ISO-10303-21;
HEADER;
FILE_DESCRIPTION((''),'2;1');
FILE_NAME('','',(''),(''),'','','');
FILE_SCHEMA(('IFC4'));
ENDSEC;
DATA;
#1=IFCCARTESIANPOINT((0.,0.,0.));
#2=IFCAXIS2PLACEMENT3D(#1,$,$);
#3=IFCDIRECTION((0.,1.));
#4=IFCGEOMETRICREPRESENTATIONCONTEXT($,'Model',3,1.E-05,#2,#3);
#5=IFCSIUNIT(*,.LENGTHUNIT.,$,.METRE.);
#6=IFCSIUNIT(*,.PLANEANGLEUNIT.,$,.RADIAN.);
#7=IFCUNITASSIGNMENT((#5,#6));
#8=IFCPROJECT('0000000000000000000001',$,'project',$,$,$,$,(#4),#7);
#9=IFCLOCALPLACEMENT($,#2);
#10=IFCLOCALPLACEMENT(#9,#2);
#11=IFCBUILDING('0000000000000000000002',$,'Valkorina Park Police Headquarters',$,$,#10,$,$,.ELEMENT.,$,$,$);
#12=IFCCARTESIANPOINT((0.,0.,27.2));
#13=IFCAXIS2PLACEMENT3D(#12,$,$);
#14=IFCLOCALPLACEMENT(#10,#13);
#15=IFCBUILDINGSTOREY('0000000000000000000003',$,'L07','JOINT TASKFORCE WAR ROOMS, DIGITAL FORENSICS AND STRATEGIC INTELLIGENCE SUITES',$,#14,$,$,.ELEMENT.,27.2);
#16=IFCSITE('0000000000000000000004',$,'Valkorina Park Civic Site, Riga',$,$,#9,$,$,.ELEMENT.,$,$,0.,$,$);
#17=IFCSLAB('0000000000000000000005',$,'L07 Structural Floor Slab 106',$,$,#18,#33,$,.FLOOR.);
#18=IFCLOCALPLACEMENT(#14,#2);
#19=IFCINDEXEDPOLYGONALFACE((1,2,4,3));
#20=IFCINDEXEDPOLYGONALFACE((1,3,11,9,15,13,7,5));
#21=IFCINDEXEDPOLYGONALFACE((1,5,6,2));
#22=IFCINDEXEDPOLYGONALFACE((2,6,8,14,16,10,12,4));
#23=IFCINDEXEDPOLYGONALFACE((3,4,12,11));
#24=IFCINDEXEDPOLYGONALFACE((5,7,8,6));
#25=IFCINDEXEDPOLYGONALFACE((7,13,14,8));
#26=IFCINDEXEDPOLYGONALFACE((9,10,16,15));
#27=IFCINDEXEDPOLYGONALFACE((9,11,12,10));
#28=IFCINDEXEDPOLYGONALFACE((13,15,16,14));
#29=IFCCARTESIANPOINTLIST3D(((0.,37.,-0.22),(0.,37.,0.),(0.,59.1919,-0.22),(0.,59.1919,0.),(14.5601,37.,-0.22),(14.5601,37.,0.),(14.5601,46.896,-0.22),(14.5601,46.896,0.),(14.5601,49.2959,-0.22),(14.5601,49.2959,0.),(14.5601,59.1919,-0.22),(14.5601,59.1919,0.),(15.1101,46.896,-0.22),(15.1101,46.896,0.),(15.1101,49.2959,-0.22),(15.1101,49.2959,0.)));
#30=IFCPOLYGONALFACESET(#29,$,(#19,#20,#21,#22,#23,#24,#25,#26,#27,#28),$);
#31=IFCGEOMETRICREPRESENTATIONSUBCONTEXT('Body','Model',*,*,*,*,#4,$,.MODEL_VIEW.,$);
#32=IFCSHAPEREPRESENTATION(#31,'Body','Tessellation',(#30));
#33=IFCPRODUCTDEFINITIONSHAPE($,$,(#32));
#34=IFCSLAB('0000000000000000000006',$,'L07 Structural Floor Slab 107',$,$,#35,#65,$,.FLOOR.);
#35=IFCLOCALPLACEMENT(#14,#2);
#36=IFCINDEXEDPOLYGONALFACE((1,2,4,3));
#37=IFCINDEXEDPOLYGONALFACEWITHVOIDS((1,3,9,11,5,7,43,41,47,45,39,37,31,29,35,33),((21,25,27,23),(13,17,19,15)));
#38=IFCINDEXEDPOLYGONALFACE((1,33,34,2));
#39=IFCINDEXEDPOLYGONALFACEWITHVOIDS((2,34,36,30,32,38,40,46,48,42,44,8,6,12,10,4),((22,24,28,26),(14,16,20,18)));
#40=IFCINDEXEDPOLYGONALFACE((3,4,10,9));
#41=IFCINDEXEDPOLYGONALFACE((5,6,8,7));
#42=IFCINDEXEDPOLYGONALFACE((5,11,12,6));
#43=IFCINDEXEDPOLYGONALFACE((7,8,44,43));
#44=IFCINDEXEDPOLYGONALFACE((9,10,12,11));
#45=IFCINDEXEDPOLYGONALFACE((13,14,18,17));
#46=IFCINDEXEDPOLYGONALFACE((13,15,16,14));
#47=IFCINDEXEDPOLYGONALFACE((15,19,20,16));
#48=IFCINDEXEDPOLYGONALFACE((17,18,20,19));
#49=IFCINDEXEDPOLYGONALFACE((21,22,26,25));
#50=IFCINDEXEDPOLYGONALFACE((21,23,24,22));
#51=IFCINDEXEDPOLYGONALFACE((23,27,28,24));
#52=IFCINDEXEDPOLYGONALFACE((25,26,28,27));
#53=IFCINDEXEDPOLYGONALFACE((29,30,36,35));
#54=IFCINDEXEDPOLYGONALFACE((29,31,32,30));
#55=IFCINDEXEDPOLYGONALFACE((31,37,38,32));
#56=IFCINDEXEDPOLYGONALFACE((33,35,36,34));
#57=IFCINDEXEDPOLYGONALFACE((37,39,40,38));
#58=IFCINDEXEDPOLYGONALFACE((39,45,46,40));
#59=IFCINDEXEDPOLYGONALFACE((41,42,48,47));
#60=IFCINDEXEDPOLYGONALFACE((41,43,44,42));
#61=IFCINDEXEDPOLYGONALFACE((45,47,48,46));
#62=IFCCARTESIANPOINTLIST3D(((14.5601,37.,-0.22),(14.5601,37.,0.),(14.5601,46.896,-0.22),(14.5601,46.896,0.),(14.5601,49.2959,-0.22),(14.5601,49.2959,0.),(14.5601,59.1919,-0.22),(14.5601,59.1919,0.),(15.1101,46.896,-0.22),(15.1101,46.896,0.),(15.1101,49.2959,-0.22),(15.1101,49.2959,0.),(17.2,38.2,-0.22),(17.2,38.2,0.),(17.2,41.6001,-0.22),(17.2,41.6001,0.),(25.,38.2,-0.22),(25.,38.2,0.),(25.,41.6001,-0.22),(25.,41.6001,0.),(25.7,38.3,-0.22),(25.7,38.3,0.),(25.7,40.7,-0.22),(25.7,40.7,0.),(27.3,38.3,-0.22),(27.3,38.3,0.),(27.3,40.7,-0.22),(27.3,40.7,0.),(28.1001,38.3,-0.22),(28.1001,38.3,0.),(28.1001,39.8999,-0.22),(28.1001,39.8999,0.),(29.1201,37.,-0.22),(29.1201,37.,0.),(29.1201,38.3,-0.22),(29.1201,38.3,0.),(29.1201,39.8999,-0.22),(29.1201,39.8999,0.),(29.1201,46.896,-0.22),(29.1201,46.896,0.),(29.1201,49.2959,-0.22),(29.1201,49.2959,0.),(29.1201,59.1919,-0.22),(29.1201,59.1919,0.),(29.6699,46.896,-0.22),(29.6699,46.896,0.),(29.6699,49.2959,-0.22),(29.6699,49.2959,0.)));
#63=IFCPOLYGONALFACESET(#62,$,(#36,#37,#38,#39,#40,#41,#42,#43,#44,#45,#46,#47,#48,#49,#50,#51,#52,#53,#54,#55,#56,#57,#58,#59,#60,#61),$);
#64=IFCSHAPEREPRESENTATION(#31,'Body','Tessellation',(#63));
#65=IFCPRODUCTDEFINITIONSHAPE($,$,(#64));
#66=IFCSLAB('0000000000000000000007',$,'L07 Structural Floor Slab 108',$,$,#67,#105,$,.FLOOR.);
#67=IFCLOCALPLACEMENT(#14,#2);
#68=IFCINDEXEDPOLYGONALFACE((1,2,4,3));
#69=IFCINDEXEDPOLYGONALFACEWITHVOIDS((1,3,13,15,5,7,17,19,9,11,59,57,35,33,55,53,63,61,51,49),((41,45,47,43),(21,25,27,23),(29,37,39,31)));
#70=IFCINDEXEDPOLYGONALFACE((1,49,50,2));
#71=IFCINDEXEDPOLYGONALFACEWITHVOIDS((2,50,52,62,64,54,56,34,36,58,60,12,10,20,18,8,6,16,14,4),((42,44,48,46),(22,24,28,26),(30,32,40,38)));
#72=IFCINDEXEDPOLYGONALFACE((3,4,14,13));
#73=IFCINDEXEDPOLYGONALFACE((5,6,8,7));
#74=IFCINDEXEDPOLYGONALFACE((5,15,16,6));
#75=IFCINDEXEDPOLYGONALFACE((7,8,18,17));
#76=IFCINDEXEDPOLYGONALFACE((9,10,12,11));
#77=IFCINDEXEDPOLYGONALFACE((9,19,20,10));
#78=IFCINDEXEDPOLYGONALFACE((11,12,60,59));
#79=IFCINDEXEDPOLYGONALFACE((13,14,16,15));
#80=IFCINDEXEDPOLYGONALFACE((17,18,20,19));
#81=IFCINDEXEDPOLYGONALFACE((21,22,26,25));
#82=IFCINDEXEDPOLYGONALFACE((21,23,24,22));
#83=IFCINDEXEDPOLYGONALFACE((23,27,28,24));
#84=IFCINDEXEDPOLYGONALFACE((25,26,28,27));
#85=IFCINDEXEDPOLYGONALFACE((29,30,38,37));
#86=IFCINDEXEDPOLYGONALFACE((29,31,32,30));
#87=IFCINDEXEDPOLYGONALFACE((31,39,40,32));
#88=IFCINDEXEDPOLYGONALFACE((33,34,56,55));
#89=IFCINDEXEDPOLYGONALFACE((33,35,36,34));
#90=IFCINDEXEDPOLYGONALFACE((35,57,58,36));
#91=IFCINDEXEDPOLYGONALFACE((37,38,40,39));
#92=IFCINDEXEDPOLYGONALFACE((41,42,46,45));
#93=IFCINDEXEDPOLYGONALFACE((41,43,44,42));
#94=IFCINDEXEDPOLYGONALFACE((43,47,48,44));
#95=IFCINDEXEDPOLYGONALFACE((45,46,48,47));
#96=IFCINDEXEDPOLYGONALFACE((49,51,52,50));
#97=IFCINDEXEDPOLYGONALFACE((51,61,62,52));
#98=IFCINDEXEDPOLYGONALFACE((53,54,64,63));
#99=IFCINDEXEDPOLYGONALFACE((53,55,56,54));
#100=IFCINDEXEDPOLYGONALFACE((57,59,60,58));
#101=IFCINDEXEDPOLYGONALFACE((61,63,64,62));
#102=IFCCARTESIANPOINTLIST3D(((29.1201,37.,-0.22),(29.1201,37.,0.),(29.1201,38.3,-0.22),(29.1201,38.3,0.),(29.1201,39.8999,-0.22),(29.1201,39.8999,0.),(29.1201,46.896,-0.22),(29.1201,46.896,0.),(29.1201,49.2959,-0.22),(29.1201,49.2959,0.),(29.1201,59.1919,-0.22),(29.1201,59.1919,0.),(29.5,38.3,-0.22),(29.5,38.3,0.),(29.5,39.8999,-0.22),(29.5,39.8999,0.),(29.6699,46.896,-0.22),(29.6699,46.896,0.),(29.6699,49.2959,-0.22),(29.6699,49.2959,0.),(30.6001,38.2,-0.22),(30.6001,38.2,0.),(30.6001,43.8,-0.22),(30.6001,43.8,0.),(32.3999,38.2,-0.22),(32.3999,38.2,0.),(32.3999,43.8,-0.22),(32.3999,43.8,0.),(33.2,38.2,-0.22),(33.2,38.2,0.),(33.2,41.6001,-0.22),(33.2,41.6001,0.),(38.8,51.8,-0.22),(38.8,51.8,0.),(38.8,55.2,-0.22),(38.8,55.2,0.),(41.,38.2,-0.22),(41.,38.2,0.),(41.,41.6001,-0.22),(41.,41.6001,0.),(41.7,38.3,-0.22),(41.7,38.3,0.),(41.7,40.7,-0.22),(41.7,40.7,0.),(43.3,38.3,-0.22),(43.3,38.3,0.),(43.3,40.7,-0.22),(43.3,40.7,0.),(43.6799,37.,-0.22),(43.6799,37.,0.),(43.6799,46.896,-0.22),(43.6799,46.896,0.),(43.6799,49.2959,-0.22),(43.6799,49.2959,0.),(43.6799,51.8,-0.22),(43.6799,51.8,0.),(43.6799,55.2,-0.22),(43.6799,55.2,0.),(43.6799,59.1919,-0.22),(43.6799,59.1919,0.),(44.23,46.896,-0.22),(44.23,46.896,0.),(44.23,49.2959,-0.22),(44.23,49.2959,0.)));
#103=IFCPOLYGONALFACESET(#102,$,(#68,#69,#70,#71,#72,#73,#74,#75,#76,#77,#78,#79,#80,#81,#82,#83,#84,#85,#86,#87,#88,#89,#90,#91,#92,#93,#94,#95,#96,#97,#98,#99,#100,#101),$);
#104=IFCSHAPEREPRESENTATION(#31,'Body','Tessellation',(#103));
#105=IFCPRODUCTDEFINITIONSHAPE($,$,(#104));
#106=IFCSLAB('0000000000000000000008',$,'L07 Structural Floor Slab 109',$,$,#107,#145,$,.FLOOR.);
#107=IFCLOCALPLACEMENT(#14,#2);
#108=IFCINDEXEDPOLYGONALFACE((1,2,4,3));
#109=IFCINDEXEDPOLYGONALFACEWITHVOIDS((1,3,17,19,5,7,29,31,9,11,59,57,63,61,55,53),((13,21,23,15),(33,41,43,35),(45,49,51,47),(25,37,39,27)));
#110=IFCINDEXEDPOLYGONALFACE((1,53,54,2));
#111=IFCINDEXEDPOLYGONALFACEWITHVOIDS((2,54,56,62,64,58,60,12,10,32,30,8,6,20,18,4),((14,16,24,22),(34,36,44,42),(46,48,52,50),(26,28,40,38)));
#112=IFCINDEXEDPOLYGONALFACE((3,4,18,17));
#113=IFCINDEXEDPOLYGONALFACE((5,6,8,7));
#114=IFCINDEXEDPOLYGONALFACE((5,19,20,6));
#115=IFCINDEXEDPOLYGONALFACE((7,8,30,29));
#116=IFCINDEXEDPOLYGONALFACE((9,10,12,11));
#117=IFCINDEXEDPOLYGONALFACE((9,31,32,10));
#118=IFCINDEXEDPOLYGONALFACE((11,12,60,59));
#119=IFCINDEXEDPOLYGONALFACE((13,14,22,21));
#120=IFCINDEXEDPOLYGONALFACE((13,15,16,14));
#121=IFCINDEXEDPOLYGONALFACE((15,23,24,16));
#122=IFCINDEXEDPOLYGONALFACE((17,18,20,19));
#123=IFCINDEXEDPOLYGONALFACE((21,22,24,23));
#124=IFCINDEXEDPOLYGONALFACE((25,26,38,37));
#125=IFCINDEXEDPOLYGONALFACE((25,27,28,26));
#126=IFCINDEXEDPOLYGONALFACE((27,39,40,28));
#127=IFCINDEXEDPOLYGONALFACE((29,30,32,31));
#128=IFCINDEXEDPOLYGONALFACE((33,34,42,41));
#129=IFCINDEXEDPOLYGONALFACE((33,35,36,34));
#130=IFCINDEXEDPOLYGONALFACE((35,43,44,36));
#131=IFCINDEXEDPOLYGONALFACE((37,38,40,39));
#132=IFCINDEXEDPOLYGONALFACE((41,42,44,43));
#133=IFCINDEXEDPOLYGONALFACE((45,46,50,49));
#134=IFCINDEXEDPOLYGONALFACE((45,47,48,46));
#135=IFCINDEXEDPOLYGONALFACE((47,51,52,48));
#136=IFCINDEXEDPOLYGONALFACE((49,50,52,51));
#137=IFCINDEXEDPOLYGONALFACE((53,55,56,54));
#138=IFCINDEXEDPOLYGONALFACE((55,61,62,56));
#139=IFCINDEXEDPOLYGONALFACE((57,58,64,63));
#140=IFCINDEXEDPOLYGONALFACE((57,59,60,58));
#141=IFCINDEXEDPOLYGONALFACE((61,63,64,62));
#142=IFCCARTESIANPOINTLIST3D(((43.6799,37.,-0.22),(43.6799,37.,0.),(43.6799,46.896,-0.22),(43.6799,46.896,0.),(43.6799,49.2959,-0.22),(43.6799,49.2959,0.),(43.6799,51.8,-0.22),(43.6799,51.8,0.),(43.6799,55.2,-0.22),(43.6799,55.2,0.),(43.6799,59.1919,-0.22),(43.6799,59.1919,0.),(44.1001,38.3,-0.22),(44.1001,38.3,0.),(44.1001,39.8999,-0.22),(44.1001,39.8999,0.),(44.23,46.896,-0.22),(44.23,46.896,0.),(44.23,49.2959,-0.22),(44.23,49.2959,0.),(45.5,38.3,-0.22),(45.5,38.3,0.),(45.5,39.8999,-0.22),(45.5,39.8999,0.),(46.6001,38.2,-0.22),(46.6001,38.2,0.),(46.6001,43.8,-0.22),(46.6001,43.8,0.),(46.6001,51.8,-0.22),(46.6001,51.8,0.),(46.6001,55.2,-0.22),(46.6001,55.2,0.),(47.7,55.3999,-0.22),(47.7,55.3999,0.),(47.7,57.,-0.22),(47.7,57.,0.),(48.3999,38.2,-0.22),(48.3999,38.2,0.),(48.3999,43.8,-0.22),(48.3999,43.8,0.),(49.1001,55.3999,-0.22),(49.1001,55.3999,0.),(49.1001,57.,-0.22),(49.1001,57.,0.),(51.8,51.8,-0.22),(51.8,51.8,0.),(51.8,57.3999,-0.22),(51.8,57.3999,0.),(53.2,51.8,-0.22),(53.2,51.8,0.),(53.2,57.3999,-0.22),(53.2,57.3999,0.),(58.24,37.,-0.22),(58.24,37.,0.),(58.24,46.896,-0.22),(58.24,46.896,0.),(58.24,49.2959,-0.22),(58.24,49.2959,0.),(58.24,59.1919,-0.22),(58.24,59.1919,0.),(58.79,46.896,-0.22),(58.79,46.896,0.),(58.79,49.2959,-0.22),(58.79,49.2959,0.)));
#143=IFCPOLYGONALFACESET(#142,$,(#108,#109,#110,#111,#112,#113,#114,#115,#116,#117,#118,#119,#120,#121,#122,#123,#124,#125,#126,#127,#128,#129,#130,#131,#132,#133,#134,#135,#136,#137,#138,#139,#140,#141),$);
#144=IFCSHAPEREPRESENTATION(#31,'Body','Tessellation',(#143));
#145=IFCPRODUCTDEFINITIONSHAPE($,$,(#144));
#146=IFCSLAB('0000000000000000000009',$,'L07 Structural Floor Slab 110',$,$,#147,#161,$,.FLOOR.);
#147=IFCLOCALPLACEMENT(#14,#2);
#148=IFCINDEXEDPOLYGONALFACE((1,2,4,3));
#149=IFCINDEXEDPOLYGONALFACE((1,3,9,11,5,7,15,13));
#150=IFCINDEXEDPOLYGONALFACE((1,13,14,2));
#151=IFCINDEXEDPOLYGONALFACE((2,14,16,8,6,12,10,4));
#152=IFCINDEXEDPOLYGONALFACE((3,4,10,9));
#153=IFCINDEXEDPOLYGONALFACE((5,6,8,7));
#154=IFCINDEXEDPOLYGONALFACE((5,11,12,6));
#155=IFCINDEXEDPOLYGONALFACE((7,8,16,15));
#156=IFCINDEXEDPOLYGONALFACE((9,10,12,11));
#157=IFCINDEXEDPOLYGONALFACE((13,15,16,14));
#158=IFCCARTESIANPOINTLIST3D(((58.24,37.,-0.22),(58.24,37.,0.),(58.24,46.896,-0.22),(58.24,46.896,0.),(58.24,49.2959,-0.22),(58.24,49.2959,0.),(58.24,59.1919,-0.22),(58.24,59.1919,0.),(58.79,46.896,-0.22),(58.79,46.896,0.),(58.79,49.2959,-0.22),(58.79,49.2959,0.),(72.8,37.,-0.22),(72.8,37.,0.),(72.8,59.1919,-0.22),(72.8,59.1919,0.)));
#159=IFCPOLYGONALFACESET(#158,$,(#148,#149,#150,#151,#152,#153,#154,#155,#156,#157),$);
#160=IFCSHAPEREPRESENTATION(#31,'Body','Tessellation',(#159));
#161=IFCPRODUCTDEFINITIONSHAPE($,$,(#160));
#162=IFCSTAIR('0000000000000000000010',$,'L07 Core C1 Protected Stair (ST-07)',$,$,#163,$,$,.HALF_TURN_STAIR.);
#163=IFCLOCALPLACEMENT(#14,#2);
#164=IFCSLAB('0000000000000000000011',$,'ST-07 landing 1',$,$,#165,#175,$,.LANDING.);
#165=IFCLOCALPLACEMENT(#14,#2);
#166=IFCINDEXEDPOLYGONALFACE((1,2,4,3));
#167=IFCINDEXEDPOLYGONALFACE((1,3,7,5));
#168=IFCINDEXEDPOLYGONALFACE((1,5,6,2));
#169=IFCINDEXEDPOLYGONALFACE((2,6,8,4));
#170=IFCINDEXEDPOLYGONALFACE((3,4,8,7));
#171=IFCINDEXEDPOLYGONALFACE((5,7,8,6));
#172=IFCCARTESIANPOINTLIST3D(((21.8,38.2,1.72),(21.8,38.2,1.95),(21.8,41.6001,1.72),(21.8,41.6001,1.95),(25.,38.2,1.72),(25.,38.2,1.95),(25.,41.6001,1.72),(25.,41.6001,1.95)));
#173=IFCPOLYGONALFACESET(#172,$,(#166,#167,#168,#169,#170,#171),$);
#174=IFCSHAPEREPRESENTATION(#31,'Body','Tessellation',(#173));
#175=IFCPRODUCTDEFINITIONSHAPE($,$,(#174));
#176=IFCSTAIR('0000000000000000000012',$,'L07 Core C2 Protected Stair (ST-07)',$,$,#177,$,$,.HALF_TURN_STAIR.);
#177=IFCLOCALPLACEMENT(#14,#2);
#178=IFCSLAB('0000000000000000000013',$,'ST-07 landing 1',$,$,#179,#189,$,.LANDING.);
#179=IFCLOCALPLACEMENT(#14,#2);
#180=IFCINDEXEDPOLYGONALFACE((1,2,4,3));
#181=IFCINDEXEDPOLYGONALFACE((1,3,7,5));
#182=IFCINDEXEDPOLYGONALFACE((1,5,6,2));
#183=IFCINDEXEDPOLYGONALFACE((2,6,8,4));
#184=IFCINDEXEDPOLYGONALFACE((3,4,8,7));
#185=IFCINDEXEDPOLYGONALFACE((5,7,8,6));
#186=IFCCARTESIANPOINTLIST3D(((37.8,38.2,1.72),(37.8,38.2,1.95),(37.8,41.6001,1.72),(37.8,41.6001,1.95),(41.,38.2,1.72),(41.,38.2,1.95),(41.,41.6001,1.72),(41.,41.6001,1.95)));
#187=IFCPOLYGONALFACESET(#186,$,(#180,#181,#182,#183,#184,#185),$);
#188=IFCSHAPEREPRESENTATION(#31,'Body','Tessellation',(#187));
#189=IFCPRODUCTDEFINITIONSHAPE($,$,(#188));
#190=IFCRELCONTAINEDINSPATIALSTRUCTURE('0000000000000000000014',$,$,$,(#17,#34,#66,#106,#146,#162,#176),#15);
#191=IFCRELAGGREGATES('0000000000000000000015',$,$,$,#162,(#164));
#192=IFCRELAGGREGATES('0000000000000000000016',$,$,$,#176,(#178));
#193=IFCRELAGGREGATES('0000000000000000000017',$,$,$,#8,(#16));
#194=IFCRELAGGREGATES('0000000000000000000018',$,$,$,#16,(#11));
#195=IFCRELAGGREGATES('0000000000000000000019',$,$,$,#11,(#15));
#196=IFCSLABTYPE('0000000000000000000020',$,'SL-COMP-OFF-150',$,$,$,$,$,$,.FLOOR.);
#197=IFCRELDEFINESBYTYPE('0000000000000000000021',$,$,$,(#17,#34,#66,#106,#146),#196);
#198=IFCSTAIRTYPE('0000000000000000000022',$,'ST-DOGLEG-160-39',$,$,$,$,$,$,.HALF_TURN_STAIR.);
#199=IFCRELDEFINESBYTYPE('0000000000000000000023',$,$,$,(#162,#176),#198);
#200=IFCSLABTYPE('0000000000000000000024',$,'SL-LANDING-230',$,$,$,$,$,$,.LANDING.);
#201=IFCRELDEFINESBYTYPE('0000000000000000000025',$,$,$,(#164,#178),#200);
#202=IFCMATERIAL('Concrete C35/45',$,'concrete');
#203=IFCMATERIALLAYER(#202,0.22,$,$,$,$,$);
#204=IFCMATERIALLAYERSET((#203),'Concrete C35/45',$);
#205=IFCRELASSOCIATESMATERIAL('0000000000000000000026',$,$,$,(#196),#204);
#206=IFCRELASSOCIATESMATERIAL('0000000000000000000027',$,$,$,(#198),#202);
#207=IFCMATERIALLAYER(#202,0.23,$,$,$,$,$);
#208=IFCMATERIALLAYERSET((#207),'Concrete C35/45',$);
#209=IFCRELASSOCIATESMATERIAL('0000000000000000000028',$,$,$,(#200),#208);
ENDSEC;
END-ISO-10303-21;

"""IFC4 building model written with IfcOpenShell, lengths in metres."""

from ifc_helpers import new_model, si_unit, direction, frame, origin, place, context, subcontext, project, spatial, polyline, outline, extrude, material, layer, layer_set, type_object, element, aggregate, save


model = new_model("IFC4")

# Units and contexts
model_context = context("Model", 3, precision=1e-05, world=origin(), true_north=direction((0.0, 1.0)))
body_context = subcontext(model_context, "Body", "Model", "MODEL_VIEW")
ifc_project = project(units=[si_unit("LENGTHUNIT", "METRE"), si_unit("PLANEANGLEUNIT", "RADIAN")], contexts=[model_context])

# Site, building, storey
site_placement = place(None, origin())
site = spatial("IfcSite", under=ifc_project, at=site_placement, Name="Valkorina Park Civic Site, Riga", CompositionType="ELEMENT", RefElevation=0.0)
building_placement = place(site_placement, origin())
building = spatial("IfcBuilding", under=site, at=building_placement, Name="Valkorina Park Police Headquarters", CompositionType="ELEMENT")
storey_placement = place(building_placement, frame((0.0, 0.0, 27.2)))
storey = spatial("IfcBuildingStorey", under=building, at=storey_placement, Name="L07", Description="JOINT TASKFORCE WAR ROOMS, DIGITAL FORENSICS AND STRATEGIC INTELLIGENCE SUITES", CompositionType="ELEMENT", Elevation=27.2)

# Slabs
ifc_material_1 = material(Name="Concrete C35/45", Category="concrete")
ifc_layer_1 = layer(ifc_material_1, 0.22)
ifc_layer_set_1 = layer_set([ifc_layer_1], Name="Concrete C35/45")
slab_type_1 = type_object("IfcSlabType", Name="SL-COMP-OFF-150", PredefinedType="FLOOR", material=ifc_layer_set_1)
slab_1_placement = place(storey_placement, frame((0.0, 0.0, -0.22)))
element("IfcSlab", 1, at=slab_1_placement, inside=storey, type_object=slab_type_1, Name="L07 Structural Floor Slab 106", PredefinedType="FLOOR", context=body_context, shape_type="SweptSolid", body=[
    extrude(outline(polyline([(15.1101, 49.2959), (14.5601, 49.2959), (14.5601, 59.1919), (0.0, 59.1919), (0.0, 37.0), (14.5601, 37.0), (14.5601, 46.896), (15.1101, 46.896), (15.1101, 49.2959)])), origin(), (0.0, 0.0, 1.0), 0.22),
])
slab_2_placement = place(storey_placement, frame((0.0, 0.0, -0.22)))
element("IfcSlab", 2, at=slab_2_placement, inside=storey, type_object=slab_type_1, Name="L07 Structural Floor Slab 107", PredefinedType="FLOOR", context=body_context, shape_type="SweptSolid", body=[
    extrude(outline(polyline([(29.6699, 49.2959), (29.1201, 49.2959), (29.1201, 59.1919), (14.5601, 59.1919), (14.5601, 49.2959), (15.1101, 49.2959), (15.1101, 46.896), (14.5601, 46.896), (14.5601, 37.0), (29.1201, 37.0), (29.1201, 38.3), (28.1001, 38.3), (28.1001, 39.8999), (29.1201, 39.8999), (29.1201, 46.896), (29.6699, 46.896), (29.6699, 49.2959)]), holes=[polyline([(27.3, 40.7), (27.3, 38.3), (25.7, 38.3), (25.7, 40.7), (27.3, 40.7)]), polyline([(17.2, 38.2), (17.2, 41.6001), (25.0, 41.6001), (25.0, 38.2), (17.2, 38.2)])]), origin(), (0.0, 0.0, 1.0), 0.22),
])
slab_3_placement = place(storey_placement, frame((0.0, 0.0, -0.22)))
element("IfcSlab", 3, at=slab_3_placement, inside=storey, type_object=slab_type_1, Name="L07 Structural Floor Slab 108", PredefinedType="FLOOR", context=body_context, shape_type="SweptSolid", body=[
    extrude(outline(polyline([(44.23, 49.2959), (43.6799, 49.2959), (43.6799, 51.8), (38.8, 51.8), (38.8, 55.2), (43.6799, 55.2), (43.6799, 59.1919), (29.1201, 59.1919), (29.1201, 49.2959), (29.6699, 49.2959), (29.6699, 46.896), (29.1201, 46.896), (29.1201, 39.8999), (29.5, 39.8999), (29.5, 38.3), (29.1201, 38.3), (29.1201, 37.0), (43.6799, 37.0), (43.6799, 46.896), (44.23, 46.896), (44.23, 49.2959)]), holes=[polyline([(43.3, 40.7), (43.3, 38.3), (41.7, 38.3), (41.7, 40.7), (43.3, 40.7)]), polyline([(33.2, 38.2), (33.2, 41.6001), (41.0, 41.6001), (41.0, 38.2), (33.2, 38.2)]), polyline([(32.3999, 43.8), (32.3999, 38.2), (30.6001, 38.2), (30.6001, 43.8), (32.3999, 43.8)])]), origin(), (0.0, 0.0, 1.0), 0.22),
])
slab_4_placement = place(storey_placement, frame((0.0, 0.0, -0.22)))
element("IfcSlab", 4, at=slab_4_placement, inside=storey, type_object=slab_type_1, Name="L07 Structural Floor Slab 109", PredefinedType="FLOOR", context=body_context, shape_type="SweptSolid", body=[
    extrude(outline(polyline([(58.79, 49.2959), (58.24, 49.2959), (58.24, 59.1919), (43.6799, 59.1919), (43.6799, 55.2), (46.6001, 55.2), (46.6001, 51.8), (43.6799, 51.8), (43.6799, 49.2959), (44.23, 49.2959), (44.23, 46.896), (43.6799, 46.896), (43.6799, 37.0), (58.24, 37.0), (58.24, 46.896), (58.79, 46.896), (58.79, 49.2959)]), holes=[polyline([(45.5, 38.3), (44.1001, 38.3), (44.1001, 39.8999), (45.5, 39.8999), (45.5, 38.3)]), polyline([(48.3999, 38.2), (46.6001, 38.2), (46.6001, 43.8), (48.3999, 43.8), (48.3999, 38.2)]), polyline([(53.2, 51.8), (51.8, 51.8), (51.8, 57.3999), (53.2, 57.3999), (53.2, 51.8)]), polyline([(49.1001, 55.3999), (47.7, 55.3999), (47.7, 57.0), (49.1001, 57.0), (49.1001, 55.3999)])]), origin(), (0.0, 0.0, 1.0), 0.22),
])
slab_5_placement = place(storey_placement, frame((0.0, 0.0, -0.22)))
element("IfcSlab", 5, at=slab_5_placement, inside=storey, type_object=slab_type_1, Name="L07 Structural Floor Slab 110", PredefinedType="FLOOR", context=body_context, shape_type="SweptSolid", body=[
    extrude(outline(polyline([(58.24, 59.1919), (58.24, 49.2959), (58.79, 49.2959), (58.79, 46.896), (58.24, 46.896), (58.24, 37.0), (72.8, 37.0), (72.8, 59.1919), (58.24, 59.1919)])), origin(), (0.0, 0.0, 1.0), 0.22),
])

# Stairs, slabs
stair_type = type_object("IfcStairType", Name="ST-DOGLEG-160-39", PredefinedType="HALF_TURN_STAIR", material=ifc_material_1)
stair_1_placement = place(storey_placement, origin())
stair_1 = element("IfcStair", 6, at=stair_1_placement, inside=storey, type_object=stair_type, Name="L07 Core C1 Protected Stair (ST-07)", PredefinedType="HALF_TURN_STAIR")
ifc_layer_2 = layer(ifc_material_1, 0.23)
ifc_layer_set_2 = layer_set([ifc_layer_2], Name="Concrete C35/45")
slab_type_2 = type_object("IfcSlabType", Name="SL-LANDING-230", PredefinedType="LANDING", material=ifc_layer_set_2)
slab_6_placement = place(storey_placement, frame((0.0, 0.0, 1.72)))
slab_6 = element("IfcSlab", 7, at=slab_6_placement, type_object=slab_type_2, Name="ST-07 landing 1", PredefinedType="LANDING", context=body_context, shape_type="SweptSolid", body=[
    extrude(outline(polyline([(21.8, 38.2), (25.0, 38.2), (25.0, 41.6001), (21.8, 41.6001), (21.8, 38.2)])), origin(), (0.0, 0.0, 1.0), 0.23),
])
aggregate(stair_1, [slab_6])
stair_2_placement = place(storey_placement, origin())
stair_2 = element("IfcStair", 8, at=stair_2_placement, inside=storey, type_object=stair_type, Name="L07 Core C2 Protected Stair (ST-07)", PredefinedType="HALF_TURN_STAIR")
slab_7_placement = place(storey_placement, frame((0.0, 0.0, 1.72)))
slab_7 = element("IfcSlab", 9, at=slab_7_placement, type_object=slab_type_2, Name="ST-07 landing 1", PredefinedType="LANDING", context=body_context, shape_type="SweptSolid", body=[
    extrude(outline(polyline([(37.8, 38.2), (41.0, 38.2), (41.0, 41.6001), (37.8, 41.6001), (37.8, 38.2)])), origin(), (0.0, 0.0, 1.0), 0.23),
])
aggregate(stair_2, [slab_7])

save(model, "model.ifc")
